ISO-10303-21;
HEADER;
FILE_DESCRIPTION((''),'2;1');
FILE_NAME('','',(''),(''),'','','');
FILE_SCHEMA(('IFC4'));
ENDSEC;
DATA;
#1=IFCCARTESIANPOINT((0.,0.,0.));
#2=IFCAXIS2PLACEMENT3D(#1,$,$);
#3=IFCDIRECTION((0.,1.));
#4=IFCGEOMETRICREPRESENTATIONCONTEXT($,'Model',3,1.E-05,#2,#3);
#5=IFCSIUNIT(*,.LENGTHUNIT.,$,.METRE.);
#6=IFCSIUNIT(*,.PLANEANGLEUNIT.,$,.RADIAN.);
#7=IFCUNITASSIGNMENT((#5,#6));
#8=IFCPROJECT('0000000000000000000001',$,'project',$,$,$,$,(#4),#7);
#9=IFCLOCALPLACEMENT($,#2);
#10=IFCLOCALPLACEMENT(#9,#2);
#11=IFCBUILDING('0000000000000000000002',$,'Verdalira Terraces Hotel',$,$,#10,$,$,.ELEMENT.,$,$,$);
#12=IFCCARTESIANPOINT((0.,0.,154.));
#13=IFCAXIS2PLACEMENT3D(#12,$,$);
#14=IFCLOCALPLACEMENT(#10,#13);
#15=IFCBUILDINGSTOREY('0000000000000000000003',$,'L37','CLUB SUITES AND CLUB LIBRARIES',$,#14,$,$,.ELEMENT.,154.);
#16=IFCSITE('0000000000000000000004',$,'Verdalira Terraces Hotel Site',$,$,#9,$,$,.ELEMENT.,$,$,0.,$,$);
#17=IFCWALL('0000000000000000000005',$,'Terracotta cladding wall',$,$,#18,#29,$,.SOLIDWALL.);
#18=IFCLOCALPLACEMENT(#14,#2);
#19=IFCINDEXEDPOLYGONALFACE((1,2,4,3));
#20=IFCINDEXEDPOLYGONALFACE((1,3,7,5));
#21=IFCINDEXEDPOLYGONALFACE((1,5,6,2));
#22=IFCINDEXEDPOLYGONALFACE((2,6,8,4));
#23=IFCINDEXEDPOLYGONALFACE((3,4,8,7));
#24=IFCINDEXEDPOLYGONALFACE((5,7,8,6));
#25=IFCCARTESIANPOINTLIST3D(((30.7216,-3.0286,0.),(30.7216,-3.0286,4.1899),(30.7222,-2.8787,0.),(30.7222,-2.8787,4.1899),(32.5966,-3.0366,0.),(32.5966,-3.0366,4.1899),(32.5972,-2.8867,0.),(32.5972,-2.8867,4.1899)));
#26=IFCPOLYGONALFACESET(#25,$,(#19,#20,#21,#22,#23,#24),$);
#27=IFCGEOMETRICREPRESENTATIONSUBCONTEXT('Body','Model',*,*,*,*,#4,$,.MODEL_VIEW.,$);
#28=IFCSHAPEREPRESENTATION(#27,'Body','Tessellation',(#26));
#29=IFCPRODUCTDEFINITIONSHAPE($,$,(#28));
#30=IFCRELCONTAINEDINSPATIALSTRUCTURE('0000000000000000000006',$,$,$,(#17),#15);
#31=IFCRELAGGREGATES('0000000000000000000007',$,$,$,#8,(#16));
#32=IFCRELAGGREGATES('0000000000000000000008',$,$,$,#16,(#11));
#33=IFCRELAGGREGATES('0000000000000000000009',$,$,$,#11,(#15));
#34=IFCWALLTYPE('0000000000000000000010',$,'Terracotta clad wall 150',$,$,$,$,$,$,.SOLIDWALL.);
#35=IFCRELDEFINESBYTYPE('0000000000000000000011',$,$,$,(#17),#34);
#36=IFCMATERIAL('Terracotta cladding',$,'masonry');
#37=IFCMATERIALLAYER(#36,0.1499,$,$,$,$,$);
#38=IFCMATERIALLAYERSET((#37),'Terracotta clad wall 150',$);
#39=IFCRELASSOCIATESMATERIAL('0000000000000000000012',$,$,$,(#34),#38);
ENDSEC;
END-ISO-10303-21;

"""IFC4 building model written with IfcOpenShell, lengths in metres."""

from ifc_helpers import new_model, si_unit, direction, frame, frame_2d, origin, place, context, subcontext, project, spatial, rectangle, extrude, material, layer, layer_set, type_object, element, save


model = new_model("IFC4")

# Units and contexts
model_context = context("Model", 3, precision=1e-05, world=origin(), true_north=direction((0.0, 1.0)))
body_context = subcontext(model_context, "Body", "Model", "MODEL_VIEW")
ifc_project = project(units=[si_unit("LENGTHUNIT", "METRE"), si_unit("PLANEANGLEUNIT", "RADIAN")], contexts=[model_context])

# Site, building, storey
site_placement = place(None, origin())
site = spatial("IfcSite", under=ifc_project, at=site_placement, Name="Verdalira Terraces Hotel Site", CompositionType="ELEMENT", RefElevation=0.0)
building_placement = place(site_placement, origin())
building = spatial("IfcBuilding", under=site, at=building_placement, Name="Verdalira Terraces Hotel", CompositionType="ELEMENT")
storey_placement = place(building_placement, frame((0.0, 0.0, 154.0)))
storey = spatial("IfcBuildingStorey", under=building, at=storey_placement, Name="L37", Description="CLUB SUITES AND CLUB LIBRARIES", CompositionType="ELEMENT", Elevation=154.0)

# Wall
ifc_material_1 = material(Name="Terracotta cladding", Category="masonry")
ifc_layer_1 = layer(ifc_material_1, 0.1499)
ifc_layer_set_1 = layer_set([ifc_layer_1], Name="Terracotta clad wall 150")
wall_type_1 = type_object("IfcWallType", Name="Terracotta clad wall 150", PredefinedType="SOLIDWALL", material=ifc_layer_set_1)
for number, where, z_axis, x_axis, name in (
    (1, (30.7219, -2.9536, 0.0), (0.0, 0.0, 1.0), (0.999991, -0.004297, 0.0), "Terracotta cladding wall"),
):
    element("IfcWall", number, at=place(storey_placement, frame(where, z_axis=z_axis, x_axis=x_axis)), inside=storey, type_object=wall_type_1, Name=name, PredefinedType="SOLIDWALL", context=body_context, shape_type="SweptSolid", body=[
        extrude(rectangle(XDim=1.875, YDim=0.1499, at=frame_2d((0.9375, 0.0))), origin(), (0.0, 0.0, 1.0), 4.1899),
    ])

save(model, "model.ifc")
